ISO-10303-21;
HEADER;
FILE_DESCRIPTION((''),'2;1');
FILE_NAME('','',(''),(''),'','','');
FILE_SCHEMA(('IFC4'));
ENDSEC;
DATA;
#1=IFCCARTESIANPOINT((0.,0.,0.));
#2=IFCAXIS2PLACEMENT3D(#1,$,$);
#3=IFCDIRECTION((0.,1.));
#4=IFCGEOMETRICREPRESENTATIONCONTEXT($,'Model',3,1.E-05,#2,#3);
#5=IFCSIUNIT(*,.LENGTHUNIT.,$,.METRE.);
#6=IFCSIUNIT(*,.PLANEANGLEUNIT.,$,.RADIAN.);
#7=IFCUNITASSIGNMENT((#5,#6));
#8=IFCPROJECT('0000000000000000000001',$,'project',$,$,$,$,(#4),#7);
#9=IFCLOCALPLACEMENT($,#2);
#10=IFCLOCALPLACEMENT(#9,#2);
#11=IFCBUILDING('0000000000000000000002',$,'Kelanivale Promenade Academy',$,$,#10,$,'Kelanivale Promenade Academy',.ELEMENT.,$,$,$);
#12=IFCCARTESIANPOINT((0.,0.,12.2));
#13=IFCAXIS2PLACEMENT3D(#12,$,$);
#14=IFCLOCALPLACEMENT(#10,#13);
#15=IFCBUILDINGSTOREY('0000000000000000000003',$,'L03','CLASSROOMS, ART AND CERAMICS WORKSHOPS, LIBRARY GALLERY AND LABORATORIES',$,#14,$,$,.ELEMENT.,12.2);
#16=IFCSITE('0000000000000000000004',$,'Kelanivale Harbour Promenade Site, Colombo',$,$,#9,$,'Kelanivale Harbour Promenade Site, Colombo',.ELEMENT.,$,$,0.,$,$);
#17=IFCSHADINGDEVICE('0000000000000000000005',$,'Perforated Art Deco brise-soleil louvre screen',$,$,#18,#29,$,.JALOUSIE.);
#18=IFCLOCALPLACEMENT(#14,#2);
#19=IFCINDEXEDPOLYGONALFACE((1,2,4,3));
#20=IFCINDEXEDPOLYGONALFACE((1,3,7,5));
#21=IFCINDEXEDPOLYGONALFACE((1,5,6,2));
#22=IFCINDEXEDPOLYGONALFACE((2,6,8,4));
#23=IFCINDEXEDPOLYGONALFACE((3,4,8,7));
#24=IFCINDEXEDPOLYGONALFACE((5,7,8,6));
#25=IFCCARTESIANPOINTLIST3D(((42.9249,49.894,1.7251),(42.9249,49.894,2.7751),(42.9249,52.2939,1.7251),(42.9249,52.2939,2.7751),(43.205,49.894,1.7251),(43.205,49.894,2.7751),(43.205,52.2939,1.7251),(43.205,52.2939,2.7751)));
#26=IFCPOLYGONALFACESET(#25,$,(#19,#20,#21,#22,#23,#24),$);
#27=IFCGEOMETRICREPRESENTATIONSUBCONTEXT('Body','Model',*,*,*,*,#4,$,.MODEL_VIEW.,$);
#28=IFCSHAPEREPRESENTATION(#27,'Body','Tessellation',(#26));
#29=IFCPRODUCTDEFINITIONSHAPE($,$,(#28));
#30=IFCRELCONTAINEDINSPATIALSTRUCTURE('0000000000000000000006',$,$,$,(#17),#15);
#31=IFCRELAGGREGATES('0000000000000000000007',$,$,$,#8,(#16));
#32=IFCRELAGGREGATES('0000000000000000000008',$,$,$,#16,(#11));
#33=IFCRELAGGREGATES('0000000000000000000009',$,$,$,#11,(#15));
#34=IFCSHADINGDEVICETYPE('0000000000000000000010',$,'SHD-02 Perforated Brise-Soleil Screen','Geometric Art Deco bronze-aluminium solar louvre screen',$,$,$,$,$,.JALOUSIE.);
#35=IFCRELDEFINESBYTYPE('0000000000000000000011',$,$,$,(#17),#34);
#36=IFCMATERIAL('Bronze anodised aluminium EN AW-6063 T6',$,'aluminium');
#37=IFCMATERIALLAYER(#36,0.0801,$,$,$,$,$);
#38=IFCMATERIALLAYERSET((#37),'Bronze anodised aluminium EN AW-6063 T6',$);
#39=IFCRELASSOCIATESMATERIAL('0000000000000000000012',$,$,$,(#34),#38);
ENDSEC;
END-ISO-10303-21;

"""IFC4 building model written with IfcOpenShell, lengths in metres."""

from ifc_helpers import new_model, si_unit, direction, frame, origin, origin_2d, place, context, subcontext, project, spatial, rectangle, extrude, material, layer, layer_set, type_object, element, save


model = new_model("IFC4")

# Units and contexts
model_context = context("Model", 3, precision=1e-05, world=origin(), true_north=direction((0.0, 1.0)))
body_context = subcontext(model_context, "Body", "Model", "MODEL_VIEW")
ifc_project = project(units=[si_unit("LENGTHUNIT", "METRE"), si_unit("PLANEANGLEUNIT", "RADIAN")], contexts=[model_context])

# Site, building, storey
site_placement = place(None, origin())
site = spatial("IfcSite", under=ifc_project, at=site_placement, Name="Kelanivale Harbour Promenade Site, Colombo", LongName="Kelanivale Harbour Promenade Site, Colombo", CompositionType="ELEMENT", RefElevation=0.0)
building_placement = place(site_placement, origin())
building = spatial("IfcBuilding", under=site, at=building_placement, Name="Kelanivale Promenade Academy", LongName="Kelanivale Promenade Academy", CompositionType="ELEMENT")
storey_placement = place(building_placement, frame((0.0, 0.0, 12.2)))
storey = spatial("IfcBuildingStorey", under=building, at=storey_placement, Name="L03", Description="CLASSROOMS, ART AND CERAMICS WORKSHOPS, LIBRARY GALLERY AND LABORATORIES", CompositionType="ELEMENT", Elevation=12.2)

# Shading device
ifc_material_1 = material(Name="Bronze anodised aluminium EN AW-6063 T6", Category="aluminium")
ifc_layer_1 = layer(ifc_material_1, 0.0801)
ifc_layer_set_1 = layer_set([ifc_layer_1], Name="Bronze anodised aluminium EN AW-6063 T6")
shading_device_type_1 = type_object("IfcShadingDeviceType", Name="SHD-02 Perforated Brise-Soleil Screen", Description="Geometric Art Deco bronze-aluminium solar louvre screen", PredefinedType="JALOUSIE", material=ifc_layer_set_1)
shading_device_1_placement = place(storey_placement, frame((43.0649, 51.094, 1.7251), z_axis=(0.0, 0.0, 1.0), x_axis=(0.0, -1.0, 0.0)))
element("IfcShadingDevice", 1, at=shading_device_1_placement, inside=storey, type_object=shading_device_type_1, Name="Perforated Art Deco brise-soleil louvre screen", PredefinedType="JALOUSIE", context=body_context, shape_type="SweptSolid", body=[
    extrude(rectangle(XDim=2.3999, YDim=0.28, at=origin_2d()), origin(), (0.0, 0.0, 1.0), 1.05),
])

save(model, "model.ifc")
